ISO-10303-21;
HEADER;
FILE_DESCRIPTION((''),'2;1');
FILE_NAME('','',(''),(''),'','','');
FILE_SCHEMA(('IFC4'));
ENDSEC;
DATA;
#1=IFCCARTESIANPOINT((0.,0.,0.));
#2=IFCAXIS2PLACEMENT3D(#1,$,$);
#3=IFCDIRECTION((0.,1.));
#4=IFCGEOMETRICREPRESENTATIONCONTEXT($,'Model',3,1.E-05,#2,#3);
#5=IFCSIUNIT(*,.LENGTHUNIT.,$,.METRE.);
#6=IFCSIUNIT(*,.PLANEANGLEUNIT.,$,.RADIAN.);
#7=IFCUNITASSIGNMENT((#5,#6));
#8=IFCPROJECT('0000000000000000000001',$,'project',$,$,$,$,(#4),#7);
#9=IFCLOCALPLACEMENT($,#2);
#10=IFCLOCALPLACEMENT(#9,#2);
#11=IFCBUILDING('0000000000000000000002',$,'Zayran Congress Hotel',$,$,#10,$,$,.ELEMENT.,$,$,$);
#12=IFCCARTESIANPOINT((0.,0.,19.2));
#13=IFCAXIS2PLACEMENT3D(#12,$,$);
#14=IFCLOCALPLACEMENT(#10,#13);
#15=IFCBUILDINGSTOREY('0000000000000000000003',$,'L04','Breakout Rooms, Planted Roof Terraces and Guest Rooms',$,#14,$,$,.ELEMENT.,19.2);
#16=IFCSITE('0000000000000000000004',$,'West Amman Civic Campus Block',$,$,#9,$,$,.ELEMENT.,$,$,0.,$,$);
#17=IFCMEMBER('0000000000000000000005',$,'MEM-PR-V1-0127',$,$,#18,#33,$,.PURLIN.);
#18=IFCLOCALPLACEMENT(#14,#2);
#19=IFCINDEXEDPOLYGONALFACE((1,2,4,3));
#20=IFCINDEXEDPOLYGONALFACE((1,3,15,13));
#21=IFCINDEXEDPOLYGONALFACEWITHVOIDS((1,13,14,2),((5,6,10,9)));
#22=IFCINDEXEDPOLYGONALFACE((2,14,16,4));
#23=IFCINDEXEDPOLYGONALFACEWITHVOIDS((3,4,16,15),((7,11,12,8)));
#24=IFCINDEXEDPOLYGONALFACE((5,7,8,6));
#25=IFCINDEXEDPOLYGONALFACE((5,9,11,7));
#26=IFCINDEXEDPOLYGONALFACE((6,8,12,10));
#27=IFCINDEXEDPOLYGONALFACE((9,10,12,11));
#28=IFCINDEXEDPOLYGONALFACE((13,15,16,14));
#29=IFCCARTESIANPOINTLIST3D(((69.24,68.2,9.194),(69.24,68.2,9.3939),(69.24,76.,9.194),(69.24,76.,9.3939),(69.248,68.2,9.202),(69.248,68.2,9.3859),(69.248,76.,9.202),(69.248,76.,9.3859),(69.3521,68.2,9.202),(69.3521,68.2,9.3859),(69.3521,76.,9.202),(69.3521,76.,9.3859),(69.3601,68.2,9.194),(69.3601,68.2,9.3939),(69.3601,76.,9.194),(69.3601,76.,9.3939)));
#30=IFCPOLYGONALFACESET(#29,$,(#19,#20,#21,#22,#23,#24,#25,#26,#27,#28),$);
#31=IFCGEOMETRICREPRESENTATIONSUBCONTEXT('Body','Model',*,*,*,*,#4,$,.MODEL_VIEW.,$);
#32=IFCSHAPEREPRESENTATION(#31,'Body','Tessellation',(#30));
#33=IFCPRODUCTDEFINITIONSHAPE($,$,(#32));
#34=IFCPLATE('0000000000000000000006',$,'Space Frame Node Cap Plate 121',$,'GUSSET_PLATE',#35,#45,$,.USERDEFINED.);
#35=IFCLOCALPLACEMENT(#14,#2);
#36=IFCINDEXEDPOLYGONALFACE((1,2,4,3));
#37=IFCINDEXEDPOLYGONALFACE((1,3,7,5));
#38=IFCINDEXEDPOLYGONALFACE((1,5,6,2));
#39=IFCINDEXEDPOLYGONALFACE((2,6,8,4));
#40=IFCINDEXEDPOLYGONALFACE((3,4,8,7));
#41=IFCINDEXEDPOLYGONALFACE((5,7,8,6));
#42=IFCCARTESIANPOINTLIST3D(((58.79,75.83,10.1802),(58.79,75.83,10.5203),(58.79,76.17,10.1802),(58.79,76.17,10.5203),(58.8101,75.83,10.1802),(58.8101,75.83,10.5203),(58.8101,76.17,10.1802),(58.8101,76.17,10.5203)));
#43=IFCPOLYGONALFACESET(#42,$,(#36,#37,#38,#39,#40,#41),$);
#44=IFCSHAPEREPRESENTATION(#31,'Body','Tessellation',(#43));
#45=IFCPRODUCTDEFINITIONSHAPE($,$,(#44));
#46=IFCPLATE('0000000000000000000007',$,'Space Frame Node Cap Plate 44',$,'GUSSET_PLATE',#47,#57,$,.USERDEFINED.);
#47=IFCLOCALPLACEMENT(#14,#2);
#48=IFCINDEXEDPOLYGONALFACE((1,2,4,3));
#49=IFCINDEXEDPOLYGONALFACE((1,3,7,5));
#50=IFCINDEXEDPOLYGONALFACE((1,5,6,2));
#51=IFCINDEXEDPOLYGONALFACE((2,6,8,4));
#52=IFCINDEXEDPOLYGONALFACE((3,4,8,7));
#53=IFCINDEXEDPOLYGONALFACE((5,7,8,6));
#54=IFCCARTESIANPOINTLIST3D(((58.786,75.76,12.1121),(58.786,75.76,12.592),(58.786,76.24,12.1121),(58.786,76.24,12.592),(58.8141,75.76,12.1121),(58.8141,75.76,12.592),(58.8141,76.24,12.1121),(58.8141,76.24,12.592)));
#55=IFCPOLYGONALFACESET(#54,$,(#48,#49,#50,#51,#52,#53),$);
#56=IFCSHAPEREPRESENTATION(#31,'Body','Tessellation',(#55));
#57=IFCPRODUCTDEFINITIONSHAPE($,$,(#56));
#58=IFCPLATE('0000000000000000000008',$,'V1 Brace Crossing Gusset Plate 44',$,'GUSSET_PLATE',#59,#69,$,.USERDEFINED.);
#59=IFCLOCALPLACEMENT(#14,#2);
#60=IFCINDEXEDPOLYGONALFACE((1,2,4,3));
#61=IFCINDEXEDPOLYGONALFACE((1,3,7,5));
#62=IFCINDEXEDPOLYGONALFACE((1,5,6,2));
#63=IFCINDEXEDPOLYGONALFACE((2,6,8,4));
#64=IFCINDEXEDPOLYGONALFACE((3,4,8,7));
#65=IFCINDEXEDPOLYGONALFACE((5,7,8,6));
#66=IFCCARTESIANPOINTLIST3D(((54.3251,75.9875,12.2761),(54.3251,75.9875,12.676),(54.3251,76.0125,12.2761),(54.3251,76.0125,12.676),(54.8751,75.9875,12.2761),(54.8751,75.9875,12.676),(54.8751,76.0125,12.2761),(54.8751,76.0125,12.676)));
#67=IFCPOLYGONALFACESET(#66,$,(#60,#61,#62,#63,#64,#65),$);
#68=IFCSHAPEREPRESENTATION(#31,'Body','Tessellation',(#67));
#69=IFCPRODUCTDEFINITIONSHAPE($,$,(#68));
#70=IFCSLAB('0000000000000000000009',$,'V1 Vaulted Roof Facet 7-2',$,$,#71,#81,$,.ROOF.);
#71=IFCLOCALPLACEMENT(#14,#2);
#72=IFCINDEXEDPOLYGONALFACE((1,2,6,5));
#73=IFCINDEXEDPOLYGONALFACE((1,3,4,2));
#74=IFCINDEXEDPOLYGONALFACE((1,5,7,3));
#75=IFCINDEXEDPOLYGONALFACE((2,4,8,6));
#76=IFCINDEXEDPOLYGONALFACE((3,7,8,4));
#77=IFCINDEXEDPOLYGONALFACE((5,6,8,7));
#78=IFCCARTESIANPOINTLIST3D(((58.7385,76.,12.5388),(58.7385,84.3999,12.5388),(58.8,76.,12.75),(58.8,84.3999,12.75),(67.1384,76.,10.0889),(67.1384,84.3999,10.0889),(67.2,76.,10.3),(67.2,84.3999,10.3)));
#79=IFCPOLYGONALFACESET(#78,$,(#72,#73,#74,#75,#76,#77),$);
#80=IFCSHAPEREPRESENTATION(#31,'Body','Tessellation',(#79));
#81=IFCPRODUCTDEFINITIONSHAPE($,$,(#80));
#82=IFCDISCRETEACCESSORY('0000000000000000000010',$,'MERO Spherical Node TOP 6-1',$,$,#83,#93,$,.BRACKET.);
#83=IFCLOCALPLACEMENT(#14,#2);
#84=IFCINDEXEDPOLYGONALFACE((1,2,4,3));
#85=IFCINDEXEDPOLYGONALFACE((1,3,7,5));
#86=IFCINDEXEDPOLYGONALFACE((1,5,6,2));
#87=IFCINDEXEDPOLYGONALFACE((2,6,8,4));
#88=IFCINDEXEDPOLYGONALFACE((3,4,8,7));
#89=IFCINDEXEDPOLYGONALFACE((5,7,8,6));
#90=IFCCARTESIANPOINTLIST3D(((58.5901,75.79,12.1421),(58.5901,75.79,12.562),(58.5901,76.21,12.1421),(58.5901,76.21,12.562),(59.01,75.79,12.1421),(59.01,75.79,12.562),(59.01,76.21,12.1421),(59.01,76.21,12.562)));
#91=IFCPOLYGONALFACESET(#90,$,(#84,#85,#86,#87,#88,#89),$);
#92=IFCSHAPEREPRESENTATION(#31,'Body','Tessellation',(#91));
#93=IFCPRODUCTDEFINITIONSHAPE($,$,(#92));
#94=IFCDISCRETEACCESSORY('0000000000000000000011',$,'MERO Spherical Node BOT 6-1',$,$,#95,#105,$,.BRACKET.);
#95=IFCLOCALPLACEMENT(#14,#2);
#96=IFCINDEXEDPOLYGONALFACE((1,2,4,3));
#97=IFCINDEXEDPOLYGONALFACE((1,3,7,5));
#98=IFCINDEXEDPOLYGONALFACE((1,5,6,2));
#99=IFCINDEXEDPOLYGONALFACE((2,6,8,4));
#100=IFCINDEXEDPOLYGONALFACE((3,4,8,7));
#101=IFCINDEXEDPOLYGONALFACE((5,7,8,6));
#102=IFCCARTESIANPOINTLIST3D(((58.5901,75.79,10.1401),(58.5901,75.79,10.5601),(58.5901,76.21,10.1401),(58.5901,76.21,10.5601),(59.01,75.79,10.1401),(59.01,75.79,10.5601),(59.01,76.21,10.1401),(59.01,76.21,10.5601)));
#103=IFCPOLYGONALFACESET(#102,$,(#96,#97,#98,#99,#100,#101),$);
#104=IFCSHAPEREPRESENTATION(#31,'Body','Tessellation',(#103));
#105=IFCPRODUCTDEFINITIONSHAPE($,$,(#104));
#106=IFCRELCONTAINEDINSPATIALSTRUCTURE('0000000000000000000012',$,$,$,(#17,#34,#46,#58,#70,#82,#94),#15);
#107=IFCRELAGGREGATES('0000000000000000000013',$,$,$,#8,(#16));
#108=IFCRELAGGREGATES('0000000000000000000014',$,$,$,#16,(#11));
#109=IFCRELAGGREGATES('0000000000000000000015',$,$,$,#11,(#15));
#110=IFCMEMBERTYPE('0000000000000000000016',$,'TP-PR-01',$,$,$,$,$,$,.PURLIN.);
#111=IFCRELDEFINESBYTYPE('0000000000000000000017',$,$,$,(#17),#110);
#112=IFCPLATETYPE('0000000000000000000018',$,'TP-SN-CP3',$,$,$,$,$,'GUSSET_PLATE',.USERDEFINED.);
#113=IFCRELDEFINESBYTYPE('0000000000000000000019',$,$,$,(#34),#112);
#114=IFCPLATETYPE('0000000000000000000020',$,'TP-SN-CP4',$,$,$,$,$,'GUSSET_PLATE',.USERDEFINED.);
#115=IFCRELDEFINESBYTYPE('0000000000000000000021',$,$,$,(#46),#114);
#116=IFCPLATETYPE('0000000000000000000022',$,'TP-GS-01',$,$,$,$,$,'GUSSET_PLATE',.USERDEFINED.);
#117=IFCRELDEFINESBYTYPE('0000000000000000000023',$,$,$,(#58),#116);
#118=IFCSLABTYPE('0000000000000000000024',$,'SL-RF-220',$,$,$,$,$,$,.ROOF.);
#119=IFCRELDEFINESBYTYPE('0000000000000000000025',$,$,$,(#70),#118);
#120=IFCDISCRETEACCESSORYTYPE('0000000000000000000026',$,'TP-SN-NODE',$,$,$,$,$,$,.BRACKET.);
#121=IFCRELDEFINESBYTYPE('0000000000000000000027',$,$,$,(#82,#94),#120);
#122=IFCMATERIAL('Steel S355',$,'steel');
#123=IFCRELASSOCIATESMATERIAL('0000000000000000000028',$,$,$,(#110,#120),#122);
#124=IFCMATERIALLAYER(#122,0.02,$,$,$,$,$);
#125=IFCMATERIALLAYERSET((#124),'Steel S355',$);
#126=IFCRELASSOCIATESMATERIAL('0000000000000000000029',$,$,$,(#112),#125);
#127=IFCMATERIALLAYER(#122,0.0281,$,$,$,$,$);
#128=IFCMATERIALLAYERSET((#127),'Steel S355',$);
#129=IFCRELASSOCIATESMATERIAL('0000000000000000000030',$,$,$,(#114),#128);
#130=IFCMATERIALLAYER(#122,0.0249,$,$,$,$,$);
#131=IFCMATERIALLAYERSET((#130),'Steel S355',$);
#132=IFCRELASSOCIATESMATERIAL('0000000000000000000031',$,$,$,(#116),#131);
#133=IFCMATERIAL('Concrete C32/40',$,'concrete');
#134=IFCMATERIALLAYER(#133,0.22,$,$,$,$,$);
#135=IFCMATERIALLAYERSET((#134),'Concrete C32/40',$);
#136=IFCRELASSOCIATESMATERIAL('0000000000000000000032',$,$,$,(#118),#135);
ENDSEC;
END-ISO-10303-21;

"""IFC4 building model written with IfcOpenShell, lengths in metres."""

from ifc_helpers import new_model, si_unit, direction, frame, origin, origin_2d, place, context, subcontext, project, spatial, polyline, rectangle, hollow_rectangle, outline, extrude, material, layer, layer_set, material_profile, profile_set, type_object, element, save


model = new_model("IFC4")

# Units and contexts
model_context = context("Model", 3, precision=1e-05, world=origin(), true_north=direction((0.0, 1.0)))
body_context = subcontext(model_context, "Body", "Model", "MODEL_VIEW")
ifc_project = project(units=[si_unit("LENGTHUNIT", "METRE"), si_unit("PLANEANGLEUNIT", "RADIAN")], contexts=[model_context])

# Site, building, storey
site_placement = place(None, origin())
site = spatial("IfcSite", under=ifc_project, at=site_placement, Name="West Amman Civic Campus Block", CompositionType="ELEMENT", RefElevation=0.0)
building_placement = place(site_placement, origin())
building = spatial("IfcBuilding", under=site, at=building_placement, Name="Zayran Congress Hotel", CompositionType="ELEMENT")
storey_placement = place(building_placement, frame((0.0, 0.0, 19.2)))
storey = spatial("IfcBuildingStorey", under=building, at=storey_placement, Name="L04", Description="Breakout Rooms, Planted Roof Terraces and Guest Rooms", CompositionType="ELEMENT", Elevation=19.2)

# Member
ifc_material_1 = material(Name="Steel S355", Category="steel")
ifc_material_profile_1 = material_profile(ifc_material_1, hollow_rectangle(XDim=0.1201, YDim=0.2, WallThickness=0.0081, at=origin_2d()), Name="RHS 200x120x8")
ifc_profile_set_1 = profile_set([ifc_material_profile_1], Name="Steel S355")
member_type_1 = type_object("IfcMemberType", Name="TP-PR-01", PredefinedType="PURLIN", material=ifc_profile_set_1)
member_1_placement = place(storey_placement, frame((69.3, 68.2, 9.2939), z_axis=(0.0, 1.0, 0.0), x_axis=(-1.0, 0.0, 0.0)))
element("IfcMember", 1, at=member_1_placement, inside=storey, type_object=member_type_1, Name="MEM-PR-V1-0127", PredefinedType="PURLIN", context=body_context, shape_type="SweptSolid", body=[
    extrude(hollow_rectangle(XDim=0.1201, YDim=0.2, WallThickness=0.0081, at=origin_2d()), origin(), (0.0, 0.0, 1.0), 7.8),
])

# Plates
ifc_layer_1 = layer(ifc_material_1, 0.02)
ifc_layer_set_1 = layer_set([ifc_layer_1], Name="Steel S355")
plate_type_1 = type_object("IfcPlateType", Name="TP-SN-CP3", ElementType="GUSSET_PLATE", PredefinedType="USERDEFINED", material=ifc_layer_set_1)
plate_1_placement = place(storey_placement, frame((58.8, 76.0, 10.1802), z_axis=(0.0, 0.0, 1.0), x_axis=(0.0, 1.0, 0.0)))
element("IfcPlate", 2, at=plate_1_placement, inside=storey, type_object=plate_type_1, Name="Space Frame Node Cap Plate 121", ObjectType="GUSSET_PLATE", PredefinedType="USERDEFINED", context=body_context, shape_type="SweptSolid", body=[
    extrude(rectangle(XDim=0.3401, YDim=0.02, at=origin_2d()), origin(), (0.0, 0.0, 1.0), 0.3401),
])
ifc_layer_2 = layer(ifc_material_1, 0.0281)
ifc_layer_set_2 = layer_set([ifc_layer_2], Name="Steel S355")
plate_type_2 = type_object("IfcPlateType", Name="TP-SN-CP4", ElementType="GUSSET_PLATE", PredefinedType="USERDEFINED", material=ifc_layer_set_2)
plate_2_placement = place(storey_placement, frame((58.8, 76.0, 12.1121), z_axis=(0.0, 0.0, 1.0), x_axis=(0.0, 1.0, 0.0)))
element("IfcPlate", 3, at=plate_2_placement, inside=storey, type_object=plate_type_2, Name="Space Frame Node Cap Plate 44", ObjectType="GUSSET_PLATE", PredefinedType="USERDEFINED", context=body_context, shape_type="SweptSolid", body=[
    extrude(rectangle(XDim=0.48, YDim=0.0281, at=origin_2d()), origin(), (0.0, 0.0, 1.0), 0.48),
])
ifc_layer_3 = layer(ifc_material_1, 0.0249)
ifc_layer_set_3 = layer_set([ifc_layer_3], Name="Steel S355")
plate_type_3 = type_object("IfcPlateType", Name="TP-GS-01", ElementType="GUSSET_PLATE", PredefinedType="USERDEFINED", material=ifc_layer_set_3)
plate_3_placement = place(storey_placement, frame((54.6001, 76.0, 12.2761), z_axis=(0.0, 0.0, 1.0), x_axis=(1.0, 0.0, 0.0)))
element("IfcPlate", 4, at=plate_3_placement, inside=storey, type_object=plate_type_3, Name="V1 Brace Crossing Gusset Plate 44", ObjectType="GUSSET_PLATE", PredefinedType="USERDEFINED", context=body_context, shape_type="SweptSolid", body=[
    extrude(rectangle(XDim=0.55, YDim=0.0249, at=origin_2d()), origin(), (0.0, 0.0, 1.0), 0.3999),
])

# Slab
ifc_material_2 = material(Name="Concrete C32/40", Category="concrete")
ifc_layer_4 = layer(ifc_material_2, 0.22)
ifc_layer_set_4 = layer_set([ifc_layer_4], Name="Concrete C32/40")
slab_type = type_object("IfcSlabType", Name="SL-RF-220", PredefinedType="ROOF", material=ifc_layer_set_4)
slab_placement = place(storey_placement, frame((58.8, 76.0, 12.75), z_axis=(0.279998, 0.0, 0.960001), x_axis=(0.960001, 0.0, -0.279998)))
element("IfcSlab", 5, at=slab_placement, inside=storey, type_object=slab_type, Name="V1 Vaulted Roof Facet 7-2", PredefinedType="ROOF", context=body_context, shape_type="SweptSolid", body=[
    extrude(outline(polyline([(0.0, 0.0), (8.7499, 0.0), (8.7499, 8.3999), (0.0, 8.3999), (0.0, 0.0)])), origin(), (0.0, 0.0, -1.0), 0.22),
])

# Discrete accessories
discrete_accessory_type = type_object("IfcDiscreteAccessoryType", Name="TP-SN-NODE", PredefinedType="BRACKET", material=ifc_material_1)
for number, where, z_axis, x_axis, name in (
    (6, (58.8, 76.0, 12.1421), (0.0, 0.0, 1.0), (1.0, 0.0, 0.0), "MERO Spherical Node TOP 6-1"),
    (7, (58.8, 76.0, 10.1401), (0.0, 0.0, 1.0), (1.0, 0.0, 0.0), "MERO Spherical Node BOT 6-1"),
):
    element("IfcDiscreteAccessory", number, at=place(storey_placement, frame(where, z_axis=z_axis, x_axis=x_axis)), inside=storey, type_object=discrete_accessory_type, Name=name, PredefinedType="BRACKET", context=body_context, shape_type="SweptSolid", body=[
        extrude(rectangle(XDim=0.4199, YDim=0.4199, at=origin_2d()), origin(), (0.0, 0.0, 1.0), 0.4199),
    ])

save(model, "model.ifc")
